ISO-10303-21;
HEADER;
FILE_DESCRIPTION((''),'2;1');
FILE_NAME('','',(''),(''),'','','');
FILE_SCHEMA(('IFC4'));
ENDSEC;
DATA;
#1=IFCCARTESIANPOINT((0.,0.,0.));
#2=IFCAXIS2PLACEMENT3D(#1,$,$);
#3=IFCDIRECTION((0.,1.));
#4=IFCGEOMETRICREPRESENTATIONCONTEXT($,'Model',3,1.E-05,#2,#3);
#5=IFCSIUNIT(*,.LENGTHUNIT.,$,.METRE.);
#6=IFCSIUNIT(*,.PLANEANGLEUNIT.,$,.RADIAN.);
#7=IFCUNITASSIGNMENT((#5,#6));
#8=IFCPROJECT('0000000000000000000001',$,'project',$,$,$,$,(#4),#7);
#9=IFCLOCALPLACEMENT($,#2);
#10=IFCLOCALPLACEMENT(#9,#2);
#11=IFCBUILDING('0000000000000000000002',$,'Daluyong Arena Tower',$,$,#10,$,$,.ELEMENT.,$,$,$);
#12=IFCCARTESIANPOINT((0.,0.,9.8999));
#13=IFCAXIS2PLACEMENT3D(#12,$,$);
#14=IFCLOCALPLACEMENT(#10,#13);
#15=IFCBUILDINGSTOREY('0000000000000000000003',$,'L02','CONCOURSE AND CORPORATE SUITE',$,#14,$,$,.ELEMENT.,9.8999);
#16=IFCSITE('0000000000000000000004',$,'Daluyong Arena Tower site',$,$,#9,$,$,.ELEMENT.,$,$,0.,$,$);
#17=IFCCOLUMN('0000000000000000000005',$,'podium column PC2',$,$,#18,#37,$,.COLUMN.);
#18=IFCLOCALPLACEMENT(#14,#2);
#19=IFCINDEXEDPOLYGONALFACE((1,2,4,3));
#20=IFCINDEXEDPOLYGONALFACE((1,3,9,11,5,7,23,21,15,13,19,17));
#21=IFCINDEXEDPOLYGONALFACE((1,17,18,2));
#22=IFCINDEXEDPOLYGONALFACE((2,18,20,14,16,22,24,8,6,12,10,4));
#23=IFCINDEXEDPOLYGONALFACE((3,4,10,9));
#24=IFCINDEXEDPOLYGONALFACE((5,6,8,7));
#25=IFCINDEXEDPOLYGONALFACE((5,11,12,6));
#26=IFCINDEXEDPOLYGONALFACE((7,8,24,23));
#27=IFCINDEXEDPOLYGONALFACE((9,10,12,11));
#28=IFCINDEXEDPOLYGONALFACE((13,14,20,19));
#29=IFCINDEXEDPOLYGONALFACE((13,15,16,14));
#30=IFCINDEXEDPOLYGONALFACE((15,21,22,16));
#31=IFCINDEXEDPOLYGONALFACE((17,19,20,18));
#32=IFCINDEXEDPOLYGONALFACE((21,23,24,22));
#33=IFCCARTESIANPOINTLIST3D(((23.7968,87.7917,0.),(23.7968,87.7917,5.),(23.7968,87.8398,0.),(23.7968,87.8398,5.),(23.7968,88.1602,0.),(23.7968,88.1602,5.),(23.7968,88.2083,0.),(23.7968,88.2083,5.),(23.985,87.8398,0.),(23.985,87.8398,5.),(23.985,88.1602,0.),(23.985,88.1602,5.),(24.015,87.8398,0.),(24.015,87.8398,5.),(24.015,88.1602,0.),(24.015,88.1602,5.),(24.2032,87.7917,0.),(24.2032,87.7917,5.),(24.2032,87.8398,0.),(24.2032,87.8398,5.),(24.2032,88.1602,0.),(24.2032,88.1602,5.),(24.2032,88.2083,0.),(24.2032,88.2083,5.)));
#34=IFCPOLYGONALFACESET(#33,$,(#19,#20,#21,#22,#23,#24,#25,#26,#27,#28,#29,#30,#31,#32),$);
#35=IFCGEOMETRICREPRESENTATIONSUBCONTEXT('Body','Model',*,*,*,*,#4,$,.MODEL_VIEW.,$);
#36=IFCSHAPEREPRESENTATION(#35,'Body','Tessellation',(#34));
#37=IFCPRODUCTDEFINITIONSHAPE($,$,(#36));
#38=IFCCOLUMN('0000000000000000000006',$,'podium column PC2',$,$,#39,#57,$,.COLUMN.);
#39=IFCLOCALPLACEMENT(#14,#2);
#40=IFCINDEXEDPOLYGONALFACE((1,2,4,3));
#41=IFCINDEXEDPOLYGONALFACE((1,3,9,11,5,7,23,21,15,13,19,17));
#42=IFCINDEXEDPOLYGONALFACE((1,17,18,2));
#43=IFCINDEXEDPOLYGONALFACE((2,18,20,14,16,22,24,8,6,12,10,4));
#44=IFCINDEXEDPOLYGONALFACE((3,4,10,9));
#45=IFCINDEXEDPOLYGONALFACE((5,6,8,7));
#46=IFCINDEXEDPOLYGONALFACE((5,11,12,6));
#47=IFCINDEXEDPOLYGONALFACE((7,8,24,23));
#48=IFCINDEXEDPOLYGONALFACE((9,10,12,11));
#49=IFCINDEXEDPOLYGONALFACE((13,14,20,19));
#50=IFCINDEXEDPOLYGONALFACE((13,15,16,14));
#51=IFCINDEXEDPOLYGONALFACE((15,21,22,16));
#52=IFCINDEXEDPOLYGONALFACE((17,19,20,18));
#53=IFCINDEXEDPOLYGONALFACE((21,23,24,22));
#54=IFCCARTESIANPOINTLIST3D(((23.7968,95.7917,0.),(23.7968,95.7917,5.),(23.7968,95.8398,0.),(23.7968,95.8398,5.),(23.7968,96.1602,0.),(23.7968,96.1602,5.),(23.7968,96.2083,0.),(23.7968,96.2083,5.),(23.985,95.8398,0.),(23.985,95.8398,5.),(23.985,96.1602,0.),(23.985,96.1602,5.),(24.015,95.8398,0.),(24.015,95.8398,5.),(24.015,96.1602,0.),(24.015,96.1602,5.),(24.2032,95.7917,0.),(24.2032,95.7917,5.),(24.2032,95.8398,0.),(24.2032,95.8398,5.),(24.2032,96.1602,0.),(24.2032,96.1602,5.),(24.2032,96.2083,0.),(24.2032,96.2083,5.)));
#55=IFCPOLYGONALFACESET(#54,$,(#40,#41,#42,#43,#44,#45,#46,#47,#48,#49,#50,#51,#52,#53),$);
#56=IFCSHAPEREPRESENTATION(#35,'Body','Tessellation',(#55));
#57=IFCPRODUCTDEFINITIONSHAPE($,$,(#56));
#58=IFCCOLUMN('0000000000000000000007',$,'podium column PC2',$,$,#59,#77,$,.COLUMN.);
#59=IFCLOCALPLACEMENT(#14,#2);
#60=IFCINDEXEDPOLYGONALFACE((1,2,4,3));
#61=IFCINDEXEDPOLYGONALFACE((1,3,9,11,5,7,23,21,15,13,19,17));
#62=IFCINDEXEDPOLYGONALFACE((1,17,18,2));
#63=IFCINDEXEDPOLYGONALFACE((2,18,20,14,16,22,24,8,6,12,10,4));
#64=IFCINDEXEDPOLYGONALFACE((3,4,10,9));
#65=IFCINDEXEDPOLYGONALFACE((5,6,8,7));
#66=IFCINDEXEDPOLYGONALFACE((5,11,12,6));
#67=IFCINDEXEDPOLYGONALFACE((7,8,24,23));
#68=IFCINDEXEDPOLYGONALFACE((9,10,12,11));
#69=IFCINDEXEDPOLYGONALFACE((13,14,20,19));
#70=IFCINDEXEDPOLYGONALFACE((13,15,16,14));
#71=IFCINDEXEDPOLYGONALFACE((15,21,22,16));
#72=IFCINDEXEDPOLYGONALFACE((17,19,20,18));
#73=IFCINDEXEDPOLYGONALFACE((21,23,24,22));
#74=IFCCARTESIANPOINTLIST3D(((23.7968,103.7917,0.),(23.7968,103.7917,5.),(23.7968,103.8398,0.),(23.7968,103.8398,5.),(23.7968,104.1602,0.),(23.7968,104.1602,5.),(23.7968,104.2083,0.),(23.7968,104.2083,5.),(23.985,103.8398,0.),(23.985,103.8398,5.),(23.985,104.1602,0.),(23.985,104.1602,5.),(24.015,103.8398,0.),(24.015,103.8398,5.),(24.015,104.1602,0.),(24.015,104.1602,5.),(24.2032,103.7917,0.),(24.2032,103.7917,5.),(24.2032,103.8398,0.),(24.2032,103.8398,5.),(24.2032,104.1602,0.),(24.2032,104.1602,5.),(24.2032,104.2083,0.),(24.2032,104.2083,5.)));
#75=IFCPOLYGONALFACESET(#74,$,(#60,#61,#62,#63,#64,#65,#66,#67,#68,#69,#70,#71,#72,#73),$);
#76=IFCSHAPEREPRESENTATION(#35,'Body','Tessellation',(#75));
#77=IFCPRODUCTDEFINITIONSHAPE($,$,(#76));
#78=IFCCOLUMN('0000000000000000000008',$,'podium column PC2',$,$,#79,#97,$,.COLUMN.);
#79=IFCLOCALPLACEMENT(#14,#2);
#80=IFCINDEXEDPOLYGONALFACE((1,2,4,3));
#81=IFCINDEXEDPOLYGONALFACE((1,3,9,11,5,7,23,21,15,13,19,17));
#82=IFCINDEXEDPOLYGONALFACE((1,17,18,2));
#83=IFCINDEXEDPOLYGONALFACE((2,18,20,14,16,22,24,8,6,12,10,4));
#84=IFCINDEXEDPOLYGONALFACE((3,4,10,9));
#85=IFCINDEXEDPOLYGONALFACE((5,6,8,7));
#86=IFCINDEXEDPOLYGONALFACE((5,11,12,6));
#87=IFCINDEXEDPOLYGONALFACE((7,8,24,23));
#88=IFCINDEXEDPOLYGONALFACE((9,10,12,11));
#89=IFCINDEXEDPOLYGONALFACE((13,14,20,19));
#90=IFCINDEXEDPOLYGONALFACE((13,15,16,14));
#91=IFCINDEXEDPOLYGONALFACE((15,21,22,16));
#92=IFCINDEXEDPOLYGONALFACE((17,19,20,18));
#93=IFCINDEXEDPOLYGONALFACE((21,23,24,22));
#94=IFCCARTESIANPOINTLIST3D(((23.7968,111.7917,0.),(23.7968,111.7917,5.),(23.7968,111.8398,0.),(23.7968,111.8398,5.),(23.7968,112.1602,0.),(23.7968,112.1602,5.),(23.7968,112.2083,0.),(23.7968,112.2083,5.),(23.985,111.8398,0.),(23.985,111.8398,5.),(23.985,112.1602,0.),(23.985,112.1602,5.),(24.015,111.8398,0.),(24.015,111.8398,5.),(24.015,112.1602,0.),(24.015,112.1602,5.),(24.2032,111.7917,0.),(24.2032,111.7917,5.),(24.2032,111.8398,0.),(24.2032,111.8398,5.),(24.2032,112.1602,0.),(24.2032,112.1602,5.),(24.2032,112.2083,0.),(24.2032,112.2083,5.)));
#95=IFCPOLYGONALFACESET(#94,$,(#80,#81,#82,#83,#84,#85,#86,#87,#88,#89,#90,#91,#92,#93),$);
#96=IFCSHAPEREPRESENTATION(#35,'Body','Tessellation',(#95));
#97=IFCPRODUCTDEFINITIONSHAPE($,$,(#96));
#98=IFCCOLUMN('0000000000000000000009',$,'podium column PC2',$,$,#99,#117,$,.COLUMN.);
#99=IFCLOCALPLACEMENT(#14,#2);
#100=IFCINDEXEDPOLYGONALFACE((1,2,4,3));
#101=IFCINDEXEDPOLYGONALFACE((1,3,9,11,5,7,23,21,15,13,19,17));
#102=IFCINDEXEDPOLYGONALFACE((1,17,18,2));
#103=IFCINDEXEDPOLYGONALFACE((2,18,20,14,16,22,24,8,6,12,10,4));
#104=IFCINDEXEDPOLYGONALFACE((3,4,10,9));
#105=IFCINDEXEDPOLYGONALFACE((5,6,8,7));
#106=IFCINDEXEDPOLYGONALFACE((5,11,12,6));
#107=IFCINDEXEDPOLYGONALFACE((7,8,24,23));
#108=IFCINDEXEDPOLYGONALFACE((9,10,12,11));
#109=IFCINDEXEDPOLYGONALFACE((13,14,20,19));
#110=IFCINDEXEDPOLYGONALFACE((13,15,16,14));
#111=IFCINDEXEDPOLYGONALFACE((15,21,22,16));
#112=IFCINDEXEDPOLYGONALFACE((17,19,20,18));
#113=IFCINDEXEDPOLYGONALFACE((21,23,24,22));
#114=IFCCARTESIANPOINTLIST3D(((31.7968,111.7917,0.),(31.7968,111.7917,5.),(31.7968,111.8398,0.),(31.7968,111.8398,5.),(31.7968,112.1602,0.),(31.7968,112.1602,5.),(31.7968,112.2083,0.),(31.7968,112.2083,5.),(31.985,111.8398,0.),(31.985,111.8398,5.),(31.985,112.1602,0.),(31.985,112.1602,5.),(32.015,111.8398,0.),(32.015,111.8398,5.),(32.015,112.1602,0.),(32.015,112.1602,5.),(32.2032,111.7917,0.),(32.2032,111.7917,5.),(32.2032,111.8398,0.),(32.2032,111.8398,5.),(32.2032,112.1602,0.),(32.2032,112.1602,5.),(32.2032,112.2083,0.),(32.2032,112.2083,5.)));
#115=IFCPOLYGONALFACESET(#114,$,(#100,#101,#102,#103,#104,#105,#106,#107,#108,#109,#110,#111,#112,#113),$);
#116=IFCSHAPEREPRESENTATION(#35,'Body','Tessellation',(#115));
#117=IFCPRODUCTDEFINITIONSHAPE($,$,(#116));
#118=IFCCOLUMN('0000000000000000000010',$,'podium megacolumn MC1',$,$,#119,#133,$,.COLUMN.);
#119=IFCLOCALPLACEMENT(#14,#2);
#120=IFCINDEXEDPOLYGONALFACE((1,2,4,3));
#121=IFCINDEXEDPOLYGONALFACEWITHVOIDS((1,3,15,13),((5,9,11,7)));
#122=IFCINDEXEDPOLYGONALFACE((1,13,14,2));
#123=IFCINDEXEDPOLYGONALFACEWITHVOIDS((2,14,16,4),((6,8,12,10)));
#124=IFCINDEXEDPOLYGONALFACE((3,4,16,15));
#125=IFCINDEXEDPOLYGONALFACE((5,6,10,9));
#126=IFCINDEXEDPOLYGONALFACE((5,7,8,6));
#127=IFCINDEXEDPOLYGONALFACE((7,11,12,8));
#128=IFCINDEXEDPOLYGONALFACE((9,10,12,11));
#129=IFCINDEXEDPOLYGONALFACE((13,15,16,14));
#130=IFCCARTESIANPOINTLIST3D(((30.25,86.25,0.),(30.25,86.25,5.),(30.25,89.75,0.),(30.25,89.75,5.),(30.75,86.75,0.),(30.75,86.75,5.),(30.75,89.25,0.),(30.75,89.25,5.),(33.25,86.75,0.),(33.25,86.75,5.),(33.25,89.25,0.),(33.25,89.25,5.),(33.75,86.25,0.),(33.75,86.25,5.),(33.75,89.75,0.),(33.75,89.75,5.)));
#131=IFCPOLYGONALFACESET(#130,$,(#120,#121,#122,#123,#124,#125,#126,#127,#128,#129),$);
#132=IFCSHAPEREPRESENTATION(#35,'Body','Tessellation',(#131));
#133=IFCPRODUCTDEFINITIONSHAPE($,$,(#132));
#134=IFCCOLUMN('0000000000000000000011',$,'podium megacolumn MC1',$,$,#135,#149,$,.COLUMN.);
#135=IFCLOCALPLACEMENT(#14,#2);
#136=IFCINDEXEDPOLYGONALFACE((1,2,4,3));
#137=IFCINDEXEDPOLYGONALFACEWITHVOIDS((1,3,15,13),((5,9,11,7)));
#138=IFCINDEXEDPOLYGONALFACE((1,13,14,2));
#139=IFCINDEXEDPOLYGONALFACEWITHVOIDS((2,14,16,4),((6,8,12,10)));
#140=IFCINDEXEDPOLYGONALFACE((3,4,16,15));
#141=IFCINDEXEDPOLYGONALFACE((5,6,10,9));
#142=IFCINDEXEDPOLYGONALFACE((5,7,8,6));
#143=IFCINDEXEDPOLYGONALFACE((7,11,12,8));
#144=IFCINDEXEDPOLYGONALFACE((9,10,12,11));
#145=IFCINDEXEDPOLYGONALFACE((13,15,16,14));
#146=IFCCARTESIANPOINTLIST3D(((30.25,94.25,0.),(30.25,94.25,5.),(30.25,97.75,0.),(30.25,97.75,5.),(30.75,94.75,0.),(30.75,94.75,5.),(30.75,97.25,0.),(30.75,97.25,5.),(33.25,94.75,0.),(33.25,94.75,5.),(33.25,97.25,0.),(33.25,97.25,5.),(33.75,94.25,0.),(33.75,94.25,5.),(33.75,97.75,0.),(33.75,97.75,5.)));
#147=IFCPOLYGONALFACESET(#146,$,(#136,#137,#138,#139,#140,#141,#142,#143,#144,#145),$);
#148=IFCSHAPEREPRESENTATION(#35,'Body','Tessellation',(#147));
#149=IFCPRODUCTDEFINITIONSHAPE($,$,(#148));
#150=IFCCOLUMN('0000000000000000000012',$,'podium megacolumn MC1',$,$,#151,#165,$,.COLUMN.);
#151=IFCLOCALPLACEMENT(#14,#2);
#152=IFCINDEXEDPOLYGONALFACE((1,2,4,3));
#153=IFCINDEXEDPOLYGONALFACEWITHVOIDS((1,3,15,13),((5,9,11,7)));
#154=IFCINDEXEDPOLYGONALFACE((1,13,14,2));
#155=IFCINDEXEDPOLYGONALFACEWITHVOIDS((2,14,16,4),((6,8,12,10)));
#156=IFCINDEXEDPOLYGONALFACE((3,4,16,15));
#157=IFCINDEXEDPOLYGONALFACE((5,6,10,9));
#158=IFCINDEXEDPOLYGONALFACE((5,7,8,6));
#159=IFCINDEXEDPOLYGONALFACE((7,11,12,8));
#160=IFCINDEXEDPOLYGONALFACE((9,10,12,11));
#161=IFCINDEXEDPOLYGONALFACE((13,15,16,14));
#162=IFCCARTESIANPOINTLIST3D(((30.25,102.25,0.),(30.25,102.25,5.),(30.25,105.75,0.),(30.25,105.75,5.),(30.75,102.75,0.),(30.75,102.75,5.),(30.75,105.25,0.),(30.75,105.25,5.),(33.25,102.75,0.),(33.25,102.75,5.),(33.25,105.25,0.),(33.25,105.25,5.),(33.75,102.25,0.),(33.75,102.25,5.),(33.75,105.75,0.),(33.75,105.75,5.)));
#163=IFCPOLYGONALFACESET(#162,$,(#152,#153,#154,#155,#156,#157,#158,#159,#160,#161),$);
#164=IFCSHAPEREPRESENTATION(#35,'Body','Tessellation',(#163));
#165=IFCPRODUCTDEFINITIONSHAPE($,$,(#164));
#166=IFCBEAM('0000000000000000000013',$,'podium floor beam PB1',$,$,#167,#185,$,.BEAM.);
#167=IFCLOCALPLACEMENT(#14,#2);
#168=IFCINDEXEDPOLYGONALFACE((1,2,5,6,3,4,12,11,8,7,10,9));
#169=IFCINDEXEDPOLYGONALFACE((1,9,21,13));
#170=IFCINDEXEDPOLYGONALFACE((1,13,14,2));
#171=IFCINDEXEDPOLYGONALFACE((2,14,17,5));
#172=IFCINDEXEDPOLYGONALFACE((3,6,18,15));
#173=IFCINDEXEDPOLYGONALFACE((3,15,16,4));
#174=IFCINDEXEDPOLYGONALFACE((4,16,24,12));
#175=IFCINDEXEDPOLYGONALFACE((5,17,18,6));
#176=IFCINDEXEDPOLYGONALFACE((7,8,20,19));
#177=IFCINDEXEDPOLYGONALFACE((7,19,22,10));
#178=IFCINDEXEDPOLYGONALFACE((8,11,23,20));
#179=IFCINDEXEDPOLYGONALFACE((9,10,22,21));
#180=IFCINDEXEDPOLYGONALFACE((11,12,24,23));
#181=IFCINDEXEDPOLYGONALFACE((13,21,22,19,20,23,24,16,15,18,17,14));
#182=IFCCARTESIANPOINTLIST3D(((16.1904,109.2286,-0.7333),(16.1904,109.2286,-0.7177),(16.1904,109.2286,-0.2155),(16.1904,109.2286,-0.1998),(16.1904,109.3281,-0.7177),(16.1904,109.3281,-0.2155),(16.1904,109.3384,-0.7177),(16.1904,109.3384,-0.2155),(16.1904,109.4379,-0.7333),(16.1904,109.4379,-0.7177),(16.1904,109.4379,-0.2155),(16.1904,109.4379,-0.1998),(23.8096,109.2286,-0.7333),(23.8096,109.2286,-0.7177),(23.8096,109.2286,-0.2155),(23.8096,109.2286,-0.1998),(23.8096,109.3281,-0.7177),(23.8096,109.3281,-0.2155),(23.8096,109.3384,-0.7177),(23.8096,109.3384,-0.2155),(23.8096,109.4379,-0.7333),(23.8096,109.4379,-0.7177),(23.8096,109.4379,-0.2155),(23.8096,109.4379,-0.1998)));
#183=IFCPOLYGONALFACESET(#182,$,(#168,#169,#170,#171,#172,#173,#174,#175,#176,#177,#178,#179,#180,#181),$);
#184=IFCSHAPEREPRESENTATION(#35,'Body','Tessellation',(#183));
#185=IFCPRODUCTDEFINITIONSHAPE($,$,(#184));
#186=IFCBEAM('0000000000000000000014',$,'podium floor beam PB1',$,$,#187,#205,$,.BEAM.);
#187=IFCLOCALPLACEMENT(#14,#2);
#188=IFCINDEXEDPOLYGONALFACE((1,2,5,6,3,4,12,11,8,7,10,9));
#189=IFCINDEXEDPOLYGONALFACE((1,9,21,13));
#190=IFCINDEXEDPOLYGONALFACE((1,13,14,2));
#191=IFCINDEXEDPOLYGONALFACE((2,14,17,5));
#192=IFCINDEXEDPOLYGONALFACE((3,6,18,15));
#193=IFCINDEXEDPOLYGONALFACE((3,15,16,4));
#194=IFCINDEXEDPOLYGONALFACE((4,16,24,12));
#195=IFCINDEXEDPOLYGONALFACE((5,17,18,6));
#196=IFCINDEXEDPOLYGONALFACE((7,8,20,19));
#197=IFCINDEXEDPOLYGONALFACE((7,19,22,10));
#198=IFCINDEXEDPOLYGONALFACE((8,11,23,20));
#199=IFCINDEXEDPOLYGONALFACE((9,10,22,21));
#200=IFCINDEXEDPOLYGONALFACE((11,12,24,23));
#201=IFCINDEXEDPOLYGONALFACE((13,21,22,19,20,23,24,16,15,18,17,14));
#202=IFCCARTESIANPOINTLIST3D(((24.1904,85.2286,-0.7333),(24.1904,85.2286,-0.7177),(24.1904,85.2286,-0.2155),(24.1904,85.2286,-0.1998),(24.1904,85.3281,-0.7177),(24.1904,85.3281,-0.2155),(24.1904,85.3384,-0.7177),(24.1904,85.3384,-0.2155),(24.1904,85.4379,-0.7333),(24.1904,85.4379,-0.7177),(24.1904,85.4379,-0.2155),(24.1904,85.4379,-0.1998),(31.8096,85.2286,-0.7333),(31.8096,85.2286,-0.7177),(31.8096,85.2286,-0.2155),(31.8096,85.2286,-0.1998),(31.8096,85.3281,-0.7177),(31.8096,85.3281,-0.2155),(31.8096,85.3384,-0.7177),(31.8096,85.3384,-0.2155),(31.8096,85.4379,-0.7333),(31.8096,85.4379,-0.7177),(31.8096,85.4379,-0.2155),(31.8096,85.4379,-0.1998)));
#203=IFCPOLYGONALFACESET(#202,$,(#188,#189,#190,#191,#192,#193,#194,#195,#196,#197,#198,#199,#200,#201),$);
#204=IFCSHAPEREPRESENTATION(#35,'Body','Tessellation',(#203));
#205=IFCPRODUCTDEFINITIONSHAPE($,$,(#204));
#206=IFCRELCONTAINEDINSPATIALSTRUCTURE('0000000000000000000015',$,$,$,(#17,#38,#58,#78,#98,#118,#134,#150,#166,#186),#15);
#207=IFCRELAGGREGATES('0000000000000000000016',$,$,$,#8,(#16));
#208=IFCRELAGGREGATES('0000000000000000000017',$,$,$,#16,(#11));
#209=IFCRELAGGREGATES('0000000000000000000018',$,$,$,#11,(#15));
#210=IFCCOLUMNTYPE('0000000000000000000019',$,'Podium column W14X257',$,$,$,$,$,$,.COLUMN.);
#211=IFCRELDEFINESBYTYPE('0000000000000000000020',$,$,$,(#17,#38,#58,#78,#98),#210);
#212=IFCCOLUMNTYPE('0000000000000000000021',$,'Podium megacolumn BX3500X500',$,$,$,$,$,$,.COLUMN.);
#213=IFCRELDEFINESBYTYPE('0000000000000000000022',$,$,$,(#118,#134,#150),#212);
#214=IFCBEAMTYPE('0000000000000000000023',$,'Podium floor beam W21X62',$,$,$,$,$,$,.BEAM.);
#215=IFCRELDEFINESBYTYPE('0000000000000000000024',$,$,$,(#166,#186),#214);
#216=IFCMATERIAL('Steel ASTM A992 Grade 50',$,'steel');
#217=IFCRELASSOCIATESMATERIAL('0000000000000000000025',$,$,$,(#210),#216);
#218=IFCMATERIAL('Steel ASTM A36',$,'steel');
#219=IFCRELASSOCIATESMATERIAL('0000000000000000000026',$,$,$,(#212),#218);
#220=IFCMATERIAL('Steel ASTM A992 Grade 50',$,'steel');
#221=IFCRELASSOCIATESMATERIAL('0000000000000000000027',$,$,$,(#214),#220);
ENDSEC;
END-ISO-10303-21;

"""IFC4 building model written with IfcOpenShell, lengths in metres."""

from ifc_helpers import new_model, si_unit, direction, frame, origin, origin_2d, place, context, subcontext, project, spatial, hollow_rectangle, i_section, extrude, material, material_profile, profile_set, type_object, element, save


model = new_model("IFC4")

# Units and contexts
model_context = context("Model", 3, precision=1e-05, world=origin(), true_north=direction((0.0, 1.0)))
body_context = subcontext(model_context, "Body", "Model", "MODEL_VIEW")
ifc_project = project(units=[si_unit("LENGTHUNIT", "METRE"), si_unit("PLANEANGLEUNIT", "RADIAN")], contexts=[model_context])

# Site, building, storey
site_placement = place(None, origin())
site = spatial("IfcSite", under=ifc_project, at=site_placement, Name="Daluyong Arena Tower site", CompositionType="ELEMENT", RefElevation=0.0)
building_placement = place(site_placement, origin())
building = spatial("IfcBuilding", under=site, at=building_placement, Name="Daluyong Arena Tower", CompositionType="ELEMENT")
storey_placement = place(building_placement, frame((0.0, 0.0, 9.8999)))
storey = spatial("IfcBuildingStorey", under=building, at=storey_placement, Name="L02", Description="CONCOURSE AND CORPORATE SUITE", CompositionType="ELEMENT", Elevation=9.8999)

# Columns
ifc_material_1 = material(Name="Steel ASTM A992 Grade 50", Category="steel")
ifc_material_profile_1 = material_profile(ifc_material_1, i_section(OverallWidth=0.4065, OverallDepth=0.4165, WebThickness=0.03, FlangeThickness=0.0481, at=origin_2d()))
ifc_profile_set_1 = profile_set([ifc_material_profile_1], Name="Steel ASTM A992 Grade 50")
column_type_1 = type_object("IfcColumnType", Name="Podium column W14X257", PredefinedType="COLUMN", material=ifc_profile_set_1)
for number, where, z_axis, x_axis, name in (
    (1, (24.0, 88.0, 0.0), (0.0, 0.0, 1.0), (1.0, 0.0, 0.0), "podium column PC2"),
    (2, (24.0, 96.0, 0.0), (0.0, 0.0, 1.0), (1.0, 0.0, 0.0), "podium column PC2"),
    (3, (24.0, 104.0, 0.0), (0.0, 0.0, 1.0), (1.0, 0.0, 0.0), "podium column PC2"),
    (4, (24.0, 112.0, 0.0), (0.0, 0.0, 1.0), (1.0, 0.0, 0.0), "podium column PC2"),
    (5, (32.0, 112.0, 0.0), (0.0, 0.0, 1.0), (1.0, 0.0, 0.0), "podium column PC2"),
):
    element("IfcColumn", number, at=place(storey_placement, frame(where, z_axis=z_axis, x_axis=x_axis)), inside=storey, type_object=column_type_1, Name=name, PredefinedType="COLUMN", context=body_context, shape_type="SweptSolid", body=[
        extrude(i_section(OverallWidth=0.4065, OverallDepth=0.4165, WebThickness=0.03, FlangeThickness=0.0481, at=origin_2d()), origin(), (0.0, 0.0, 1.0), 5.0),
    ])
ifc_material_2 = material(Name="Steel ASTM A36", Category="steel")
ifc_material_profile_2 = material_profile(ifc_material_2, hollow_rectangle(XDim=3.5, YDim=3.5, WallThickness=0.5, at=origin_2d()))
ifc_profile_set_2 = profile_set([ifc_material_profile_2], Name="Steel ASTM A36")
column_type_2 = type_object("IfcColumnType", Name="Podium megacolumn BX3500X500", PredefinedType="COLUMN", material=ifc_profile_set_2)
for number, where, z_axis, x_axis, name in (
    (6, (32.0, 88.0, 0.0), (0.0, 0.0, 1.0), (1.0, 0.0, 0.0), "podium megacolumn MC1"),
    (7, (32.0, 96.0, 0.0), (0.0, 0.0, 1.0), (1.0, 0.0, 0.0), "podium megacolumn MC1"),
    (8, (32.0, 104.0, 0.0), (0.0, 0.0, 1.0), (1.0, 0.0, 0.0), "podium megacolumn MC1"),
):
    element("IfcColumn", number, at=place(storey_placement, frame(where, z_axis=z_axis, x_axis=x_axis)), inside=storey, type_object=column_type_2, Name=name, PredefinedType="COLUMN", context=body_context, shape_type="SweptSolid", body=[
        extrude(hollow_rectangle(XDim=3.5, YDim=3.5, WallThickness=0.5, at=origin_2d()), origin(), (0.0, 0.0, 1.0), 5.0),
    ])

# Beams
ifc_material_3 = material(Name="Steel ASTM A992 Grade 50", Category="steel")
ifc_material_profile_3 = material_profile(ifc_material_3, i_section(OverallWidth=0.2092, OverallDepth=0.5334, WebThickness=0.0103, FlangeThickness=0.0156, at=origin_2d()))
ifc_profile_set_3 = profile_set([ifc_material_profile_3], Name="Steel ASTM A992 Grade 50")
beam_type_1 = type_object("IfcBeamType", Name="Podium floor beam W21X62", PredefinedType="BEAM", material=ifc_profile_set_3)
for number, where, z_axis, x_axis, name in (
    (9, (16.1904, 109.3333, -0.4666), (1.0, 0.0, 0.0), (0.0, 1.0, 0.0), "podium floor beam PB1"),
    (10, (24.1904, 85.3333, -0.4666), (1.0, 0.0, 0.0), (0.0, 1.0, 0.0), "podium floor beam PB1"),
):
    element("IfcBeam", number, at=place(storey_placement, frame(where, z_axis=z_axis, x_axis=x_axis)), inside=storey, type_object=beam_type_1, Name=name, PredefinedType="BEAM", context=body_context, shape_type="SweptSolid", body=[
        extrude(i_section(OverallWidth=0.2092, OverallDepth=0.5334, WebThickness=0.0103, FlangeThickness=0.0156, at=origin_2d()), origin(), (0.0, 0.0, 1.0), 7.6191),
    ])

save(model, "model.ifc")
